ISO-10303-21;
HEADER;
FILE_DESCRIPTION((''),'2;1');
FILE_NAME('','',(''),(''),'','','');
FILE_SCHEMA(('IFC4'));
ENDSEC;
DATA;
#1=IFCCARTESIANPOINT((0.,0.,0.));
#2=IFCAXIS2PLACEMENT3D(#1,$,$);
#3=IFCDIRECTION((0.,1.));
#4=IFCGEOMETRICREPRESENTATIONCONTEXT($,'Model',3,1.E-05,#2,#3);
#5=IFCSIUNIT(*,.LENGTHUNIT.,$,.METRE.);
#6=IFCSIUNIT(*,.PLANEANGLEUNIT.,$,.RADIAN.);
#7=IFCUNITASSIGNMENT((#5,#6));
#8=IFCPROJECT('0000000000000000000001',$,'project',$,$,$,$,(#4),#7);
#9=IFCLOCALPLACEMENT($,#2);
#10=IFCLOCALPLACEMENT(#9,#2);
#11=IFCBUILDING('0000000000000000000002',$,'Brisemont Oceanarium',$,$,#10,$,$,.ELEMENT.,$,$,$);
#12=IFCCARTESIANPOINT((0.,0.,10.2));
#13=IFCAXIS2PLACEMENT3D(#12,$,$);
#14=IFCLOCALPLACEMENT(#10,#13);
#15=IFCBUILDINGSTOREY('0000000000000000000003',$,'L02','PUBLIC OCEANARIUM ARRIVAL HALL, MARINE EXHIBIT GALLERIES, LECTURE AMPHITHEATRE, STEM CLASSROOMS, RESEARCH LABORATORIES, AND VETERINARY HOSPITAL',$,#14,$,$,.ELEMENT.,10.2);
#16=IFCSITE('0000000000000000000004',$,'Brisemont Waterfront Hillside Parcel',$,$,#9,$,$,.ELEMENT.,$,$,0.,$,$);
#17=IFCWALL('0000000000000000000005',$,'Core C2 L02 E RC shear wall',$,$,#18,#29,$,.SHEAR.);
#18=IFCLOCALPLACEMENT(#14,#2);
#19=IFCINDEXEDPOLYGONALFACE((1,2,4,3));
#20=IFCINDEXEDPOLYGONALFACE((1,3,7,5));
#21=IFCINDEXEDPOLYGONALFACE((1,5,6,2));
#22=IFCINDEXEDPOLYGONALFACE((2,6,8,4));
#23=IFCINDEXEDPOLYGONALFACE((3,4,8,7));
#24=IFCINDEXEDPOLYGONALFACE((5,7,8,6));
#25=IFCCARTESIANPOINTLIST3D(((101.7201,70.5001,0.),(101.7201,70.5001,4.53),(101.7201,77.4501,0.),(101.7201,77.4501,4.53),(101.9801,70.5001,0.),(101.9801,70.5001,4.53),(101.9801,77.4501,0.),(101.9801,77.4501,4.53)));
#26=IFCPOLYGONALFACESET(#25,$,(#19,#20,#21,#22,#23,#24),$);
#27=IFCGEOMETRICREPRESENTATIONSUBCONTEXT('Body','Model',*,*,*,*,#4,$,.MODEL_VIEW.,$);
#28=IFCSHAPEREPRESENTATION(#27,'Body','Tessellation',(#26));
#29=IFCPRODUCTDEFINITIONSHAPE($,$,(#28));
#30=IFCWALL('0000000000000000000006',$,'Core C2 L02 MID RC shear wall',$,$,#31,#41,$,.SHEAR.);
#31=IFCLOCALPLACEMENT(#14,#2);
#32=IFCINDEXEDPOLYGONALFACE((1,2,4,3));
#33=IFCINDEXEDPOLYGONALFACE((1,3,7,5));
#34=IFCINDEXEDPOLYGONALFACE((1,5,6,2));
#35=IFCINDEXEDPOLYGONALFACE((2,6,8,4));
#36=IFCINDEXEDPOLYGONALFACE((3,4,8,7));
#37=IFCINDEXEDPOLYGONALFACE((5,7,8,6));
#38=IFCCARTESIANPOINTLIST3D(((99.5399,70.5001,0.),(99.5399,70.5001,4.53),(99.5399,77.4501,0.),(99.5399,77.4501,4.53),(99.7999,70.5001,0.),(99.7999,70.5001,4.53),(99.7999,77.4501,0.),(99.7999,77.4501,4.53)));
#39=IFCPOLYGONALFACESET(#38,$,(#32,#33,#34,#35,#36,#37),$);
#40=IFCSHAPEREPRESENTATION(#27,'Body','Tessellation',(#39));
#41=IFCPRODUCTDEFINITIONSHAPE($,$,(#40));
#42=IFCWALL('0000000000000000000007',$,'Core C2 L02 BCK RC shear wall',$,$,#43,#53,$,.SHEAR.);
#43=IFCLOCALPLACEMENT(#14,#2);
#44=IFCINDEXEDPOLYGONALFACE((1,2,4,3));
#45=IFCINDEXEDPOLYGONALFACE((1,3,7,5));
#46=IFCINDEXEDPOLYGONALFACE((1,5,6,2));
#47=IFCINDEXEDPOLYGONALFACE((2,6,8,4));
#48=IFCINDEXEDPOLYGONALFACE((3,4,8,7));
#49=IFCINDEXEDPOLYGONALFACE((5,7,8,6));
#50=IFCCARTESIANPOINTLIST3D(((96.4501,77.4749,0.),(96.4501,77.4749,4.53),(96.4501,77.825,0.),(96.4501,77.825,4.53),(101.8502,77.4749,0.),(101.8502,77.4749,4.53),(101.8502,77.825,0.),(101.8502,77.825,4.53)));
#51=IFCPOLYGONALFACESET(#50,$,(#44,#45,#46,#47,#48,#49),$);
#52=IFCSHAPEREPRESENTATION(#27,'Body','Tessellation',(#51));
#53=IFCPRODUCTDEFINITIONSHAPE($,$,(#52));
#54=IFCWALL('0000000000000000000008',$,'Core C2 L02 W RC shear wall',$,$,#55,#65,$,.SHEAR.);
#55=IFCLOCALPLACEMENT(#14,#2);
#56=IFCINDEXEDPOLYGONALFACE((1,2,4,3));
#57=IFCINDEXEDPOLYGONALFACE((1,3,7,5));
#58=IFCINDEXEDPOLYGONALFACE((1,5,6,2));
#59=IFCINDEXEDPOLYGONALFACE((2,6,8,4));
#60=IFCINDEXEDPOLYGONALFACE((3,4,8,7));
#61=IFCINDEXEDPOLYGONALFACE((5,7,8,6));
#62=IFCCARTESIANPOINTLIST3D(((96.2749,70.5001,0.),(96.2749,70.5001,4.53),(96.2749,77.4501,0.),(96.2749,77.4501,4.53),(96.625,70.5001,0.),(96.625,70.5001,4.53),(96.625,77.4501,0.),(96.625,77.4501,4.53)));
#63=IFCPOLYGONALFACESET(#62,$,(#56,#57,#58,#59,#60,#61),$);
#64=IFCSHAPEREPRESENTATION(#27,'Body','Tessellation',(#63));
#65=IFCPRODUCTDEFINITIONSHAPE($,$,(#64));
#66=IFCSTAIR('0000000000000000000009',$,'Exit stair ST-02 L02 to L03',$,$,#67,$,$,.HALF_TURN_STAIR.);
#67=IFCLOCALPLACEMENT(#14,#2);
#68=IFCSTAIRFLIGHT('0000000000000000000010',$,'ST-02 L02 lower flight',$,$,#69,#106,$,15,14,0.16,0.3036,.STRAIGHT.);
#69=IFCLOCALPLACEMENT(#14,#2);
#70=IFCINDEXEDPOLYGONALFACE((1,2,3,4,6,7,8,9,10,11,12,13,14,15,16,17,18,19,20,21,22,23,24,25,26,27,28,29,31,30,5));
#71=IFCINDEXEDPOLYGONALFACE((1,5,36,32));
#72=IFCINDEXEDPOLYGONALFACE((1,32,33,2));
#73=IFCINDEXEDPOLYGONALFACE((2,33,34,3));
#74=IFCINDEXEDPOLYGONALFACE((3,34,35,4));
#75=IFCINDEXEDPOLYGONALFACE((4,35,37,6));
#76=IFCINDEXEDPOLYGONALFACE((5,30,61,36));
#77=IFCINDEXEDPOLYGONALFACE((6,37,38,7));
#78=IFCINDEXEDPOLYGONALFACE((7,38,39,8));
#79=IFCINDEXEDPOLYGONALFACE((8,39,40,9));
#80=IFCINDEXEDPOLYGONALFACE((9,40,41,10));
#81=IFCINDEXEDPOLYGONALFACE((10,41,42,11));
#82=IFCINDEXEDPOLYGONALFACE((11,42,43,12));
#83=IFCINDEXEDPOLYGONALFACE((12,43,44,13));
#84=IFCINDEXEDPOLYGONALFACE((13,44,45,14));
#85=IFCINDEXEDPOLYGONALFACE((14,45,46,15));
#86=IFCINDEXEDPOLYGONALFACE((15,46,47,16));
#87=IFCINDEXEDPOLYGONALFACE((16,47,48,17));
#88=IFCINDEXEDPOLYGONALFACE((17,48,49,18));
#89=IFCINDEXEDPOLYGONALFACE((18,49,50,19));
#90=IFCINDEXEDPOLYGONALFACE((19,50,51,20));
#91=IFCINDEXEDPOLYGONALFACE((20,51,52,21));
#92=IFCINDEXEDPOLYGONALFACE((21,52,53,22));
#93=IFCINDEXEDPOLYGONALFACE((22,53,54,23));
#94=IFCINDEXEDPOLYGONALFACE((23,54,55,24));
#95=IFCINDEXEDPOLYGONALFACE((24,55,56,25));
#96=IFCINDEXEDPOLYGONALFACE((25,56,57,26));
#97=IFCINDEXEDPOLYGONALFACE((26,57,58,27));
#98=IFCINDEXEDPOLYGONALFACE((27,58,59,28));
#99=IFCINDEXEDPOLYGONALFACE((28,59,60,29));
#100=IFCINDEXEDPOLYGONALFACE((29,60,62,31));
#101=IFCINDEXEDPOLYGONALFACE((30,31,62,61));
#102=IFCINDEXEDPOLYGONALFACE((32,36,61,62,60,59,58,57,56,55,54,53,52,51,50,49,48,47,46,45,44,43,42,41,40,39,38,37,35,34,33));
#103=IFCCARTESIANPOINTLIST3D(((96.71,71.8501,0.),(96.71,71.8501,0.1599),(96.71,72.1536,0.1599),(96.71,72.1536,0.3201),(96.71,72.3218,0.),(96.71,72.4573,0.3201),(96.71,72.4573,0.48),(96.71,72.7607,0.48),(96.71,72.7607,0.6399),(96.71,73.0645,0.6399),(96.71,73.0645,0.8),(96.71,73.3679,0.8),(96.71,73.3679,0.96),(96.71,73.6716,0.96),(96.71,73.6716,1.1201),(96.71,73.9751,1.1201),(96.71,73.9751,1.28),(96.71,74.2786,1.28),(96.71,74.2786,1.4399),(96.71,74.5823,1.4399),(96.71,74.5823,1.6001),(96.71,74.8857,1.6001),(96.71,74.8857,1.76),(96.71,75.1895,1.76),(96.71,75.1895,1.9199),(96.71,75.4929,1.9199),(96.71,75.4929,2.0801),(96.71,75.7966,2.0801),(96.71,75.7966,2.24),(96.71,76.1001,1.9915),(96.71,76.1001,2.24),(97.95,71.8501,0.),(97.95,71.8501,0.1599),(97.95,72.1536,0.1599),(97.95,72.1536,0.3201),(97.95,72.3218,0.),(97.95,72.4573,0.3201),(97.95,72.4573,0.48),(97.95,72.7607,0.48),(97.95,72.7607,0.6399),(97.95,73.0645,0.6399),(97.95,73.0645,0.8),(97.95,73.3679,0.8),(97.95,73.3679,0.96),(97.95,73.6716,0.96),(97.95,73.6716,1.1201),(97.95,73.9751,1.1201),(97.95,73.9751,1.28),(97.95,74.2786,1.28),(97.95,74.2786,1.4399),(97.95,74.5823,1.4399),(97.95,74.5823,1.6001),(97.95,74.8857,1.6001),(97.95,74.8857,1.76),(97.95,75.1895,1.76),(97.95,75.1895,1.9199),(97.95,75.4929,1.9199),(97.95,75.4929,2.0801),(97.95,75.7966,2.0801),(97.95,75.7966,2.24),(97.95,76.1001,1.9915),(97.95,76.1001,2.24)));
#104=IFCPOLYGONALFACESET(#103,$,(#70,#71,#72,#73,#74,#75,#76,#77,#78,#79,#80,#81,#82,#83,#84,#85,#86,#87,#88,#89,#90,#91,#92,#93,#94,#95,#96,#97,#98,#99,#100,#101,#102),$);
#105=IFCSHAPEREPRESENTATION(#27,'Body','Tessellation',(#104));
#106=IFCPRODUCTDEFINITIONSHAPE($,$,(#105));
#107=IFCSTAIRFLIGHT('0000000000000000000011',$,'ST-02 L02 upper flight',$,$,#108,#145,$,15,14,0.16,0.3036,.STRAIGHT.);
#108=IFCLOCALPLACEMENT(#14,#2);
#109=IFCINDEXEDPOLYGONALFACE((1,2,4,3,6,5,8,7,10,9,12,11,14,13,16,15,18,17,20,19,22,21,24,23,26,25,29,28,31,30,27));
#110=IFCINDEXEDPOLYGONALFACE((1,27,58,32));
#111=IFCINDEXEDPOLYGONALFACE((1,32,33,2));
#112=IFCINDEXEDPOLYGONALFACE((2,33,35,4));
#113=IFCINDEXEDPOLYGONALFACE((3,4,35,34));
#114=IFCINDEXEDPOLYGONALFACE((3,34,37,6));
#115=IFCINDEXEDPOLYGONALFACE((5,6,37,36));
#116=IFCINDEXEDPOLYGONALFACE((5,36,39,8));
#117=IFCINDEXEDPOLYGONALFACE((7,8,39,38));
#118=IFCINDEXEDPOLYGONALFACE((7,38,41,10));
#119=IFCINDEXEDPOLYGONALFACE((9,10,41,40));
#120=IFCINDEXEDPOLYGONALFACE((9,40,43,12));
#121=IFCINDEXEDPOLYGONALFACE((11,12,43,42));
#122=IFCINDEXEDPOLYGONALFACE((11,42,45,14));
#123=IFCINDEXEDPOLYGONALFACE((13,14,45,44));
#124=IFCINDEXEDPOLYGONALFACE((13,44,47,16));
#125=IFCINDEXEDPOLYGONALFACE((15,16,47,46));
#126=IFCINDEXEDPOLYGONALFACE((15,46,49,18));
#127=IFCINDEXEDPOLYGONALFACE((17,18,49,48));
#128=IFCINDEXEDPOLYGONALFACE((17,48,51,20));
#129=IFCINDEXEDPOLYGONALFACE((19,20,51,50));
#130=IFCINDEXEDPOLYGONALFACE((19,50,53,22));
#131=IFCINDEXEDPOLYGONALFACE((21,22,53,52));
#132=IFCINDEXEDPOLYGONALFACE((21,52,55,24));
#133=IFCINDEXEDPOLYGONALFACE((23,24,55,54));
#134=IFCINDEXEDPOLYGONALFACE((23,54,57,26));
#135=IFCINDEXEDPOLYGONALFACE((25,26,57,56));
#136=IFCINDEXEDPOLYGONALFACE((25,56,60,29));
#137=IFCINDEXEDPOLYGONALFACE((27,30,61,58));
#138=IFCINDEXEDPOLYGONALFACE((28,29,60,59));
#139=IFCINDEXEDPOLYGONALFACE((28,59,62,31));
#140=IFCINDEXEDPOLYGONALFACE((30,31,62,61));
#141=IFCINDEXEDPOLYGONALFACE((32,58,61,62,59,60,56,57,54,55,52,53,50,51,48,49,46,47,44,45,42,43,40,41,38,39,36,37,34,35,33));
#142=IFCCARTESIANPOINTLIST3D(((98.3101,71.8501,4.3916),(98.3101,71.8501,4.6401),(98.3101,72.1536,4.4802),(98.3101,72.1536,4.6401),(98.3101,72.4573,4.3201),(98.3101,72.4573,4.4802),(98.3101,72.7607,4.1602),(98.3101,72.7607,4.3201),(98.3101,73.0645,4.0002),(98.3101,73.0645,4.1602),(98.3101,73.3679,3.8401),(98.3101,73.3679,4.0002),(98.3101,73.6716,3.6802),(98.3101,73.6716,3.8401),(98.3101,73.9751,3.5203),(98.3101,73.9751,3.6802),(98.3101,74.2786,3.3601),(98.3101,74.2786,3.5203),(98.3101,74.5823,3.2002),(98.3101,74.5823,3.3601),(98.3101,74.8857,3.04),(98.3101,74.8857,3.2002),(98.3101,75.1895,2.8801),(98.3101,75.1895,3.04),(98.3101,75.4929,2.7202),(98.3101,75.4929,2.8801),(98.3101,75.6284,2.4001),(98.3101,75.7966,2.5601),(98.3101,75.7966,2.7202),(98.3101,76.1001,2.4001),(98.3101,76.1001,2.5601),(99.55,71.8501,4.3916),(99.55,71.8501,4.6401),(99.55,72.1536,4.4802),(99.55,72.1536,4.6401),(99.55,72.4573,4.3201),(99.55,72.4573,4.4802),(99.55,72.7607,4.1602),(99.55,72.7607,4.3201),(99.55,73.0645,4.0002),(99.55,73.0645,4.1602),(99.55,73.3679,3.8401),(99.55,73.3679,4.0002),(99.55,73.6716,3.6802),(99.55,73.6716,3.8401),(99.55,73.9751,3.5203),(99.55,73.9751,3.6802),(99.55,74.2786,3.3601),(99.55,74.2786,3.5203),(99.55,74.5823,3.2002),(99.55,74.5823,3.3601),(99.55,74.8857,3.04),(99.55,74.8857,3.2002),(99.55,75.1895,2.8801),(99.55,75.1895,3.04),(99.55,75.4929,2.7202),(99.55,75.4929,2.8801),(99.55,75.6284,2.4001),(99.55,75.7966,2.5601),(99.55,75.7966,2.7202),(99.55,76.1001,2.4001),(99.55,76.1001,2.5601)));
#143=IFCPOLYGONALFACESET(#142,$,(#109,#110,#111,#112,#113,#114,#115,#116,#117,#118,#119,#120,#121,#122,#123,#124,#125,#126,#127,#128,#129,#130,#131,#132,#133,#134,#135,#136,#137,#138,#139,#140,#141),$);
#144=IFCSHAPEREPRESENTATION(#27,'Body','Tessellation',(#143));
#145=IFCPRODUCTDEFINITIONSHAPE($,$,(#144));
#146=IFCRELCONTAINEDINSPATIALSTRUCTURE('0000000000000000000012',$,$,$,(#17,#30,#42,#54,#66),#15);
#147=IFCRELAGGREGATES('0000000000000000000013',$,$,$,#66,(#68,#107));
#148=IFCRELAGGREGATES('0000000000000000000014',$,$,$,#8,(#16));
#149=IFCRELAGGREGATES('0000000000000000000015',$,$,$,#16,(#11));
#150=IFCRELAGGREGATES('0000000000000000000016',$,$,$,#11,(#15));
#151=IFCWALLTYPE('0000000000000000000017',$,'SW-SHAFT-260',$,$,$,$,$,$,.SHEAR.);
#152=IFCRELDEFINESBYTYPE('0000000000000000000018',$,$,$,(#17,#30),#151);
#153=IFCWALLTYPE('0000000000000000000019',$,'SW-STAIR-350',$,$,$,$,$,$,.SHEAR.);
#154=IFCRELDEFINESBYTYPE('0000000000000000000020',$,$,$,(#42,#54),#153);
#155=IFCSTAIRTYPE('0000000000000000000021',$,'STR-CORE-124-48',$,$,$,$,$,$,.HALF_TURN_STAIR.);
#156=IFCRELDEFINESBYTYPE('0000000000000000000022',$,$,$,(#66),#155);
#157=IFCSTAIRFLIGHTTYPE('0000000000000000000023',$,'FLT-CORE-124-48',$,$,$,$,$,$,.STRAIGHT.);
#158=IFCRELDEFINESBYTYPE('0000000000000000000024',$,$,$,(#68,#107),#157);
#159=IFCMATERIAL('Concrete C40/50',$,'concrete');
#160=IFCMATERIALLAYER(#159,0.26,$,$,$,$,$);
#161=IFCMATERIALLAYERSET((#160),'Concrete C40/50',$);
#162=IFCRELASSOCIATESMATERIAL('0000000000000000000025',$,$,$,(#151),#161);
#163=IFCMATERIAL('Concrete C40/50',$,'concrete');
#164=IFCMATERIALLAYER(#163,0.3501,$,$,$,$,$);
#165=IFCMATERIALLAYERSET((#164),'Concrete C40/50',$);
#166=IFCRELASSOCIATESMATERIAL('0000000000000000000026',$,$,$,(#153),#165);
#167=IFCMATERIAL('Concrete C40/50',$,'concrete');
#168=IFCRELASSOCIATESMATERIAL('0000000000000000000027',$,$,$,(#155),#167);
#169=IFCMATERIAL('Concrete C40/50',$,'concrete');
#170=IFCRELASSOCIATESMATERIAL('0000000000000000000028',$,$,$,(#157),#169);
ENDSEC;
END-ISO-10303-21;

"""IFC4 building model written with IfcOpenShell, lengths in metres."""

from ifc_helpers import new_model, si_unit, direction, frame, frame_2d, origin, place, context, subcontext, project, spatial, polyline, rectangle, outline, extrude, material, layer, layer_set, type_object, element, aggregate, save


model = new_model("IFC4")

# Units and contexts
model_context = context("Model", 3, precision=1e-05, world=origin(), true_north=direction((0.0, 1.0)))
body_context = subcontext(model_context, "Body", "Model", "MODEL_VIEW")
ifc_project = project(units=[si_unit("LENGTHUNIT", "METRE"), si_unit("PLANEANGLEUNIT", "RADIAN")], contexts=[model_context])

# Site, building, storey
site_placement = place(None, origin())
site = spatial("IfcSite", under=ifc_project, at=site_placement, Name="Brisemont Waterfront Hillside Parcel", CompositionType="ELEMENT", RefElevation=0.0)
building_placement = place(site_placement, origin())
building = spatial("IfcBuilding", under=site, at=building_placement, Name="Brisemont Oceanarium", CompositionType="ELEMENT")
storey_placement = place(building_placement, frame((0.0, 0.0, 10.2)))
storey = spatial("IfcBuildingStorey", under=building, at=storey_placement, Name="L02", Description="PUBLIC OCEANARIUM ARRIVAL HALL, MARINE EXHIBIT GALLERIES, LECTURE AMPHITHEATRE, STEM CLASSROOMS, RESEARCH LABORATORIES, AND VETERINARY HOSPITAL", CompositionType="ELEMENT", Elevation=10.2)

# Walls
ifc_material_1 = material(Name="Concrete C40/50", Category="concrete")
ifc_layer_1 = layer(ifc_material_1, 0.26)
ifc_layer_set_1 = layer_set([ifc_layer_1], Name="Concrete C40/50")
wall_type_1 = type_object("IfcWallType", Name="SW-SHAFT-260", PredefinedType="SHEAR", material=ifc_layer_set_1)
for number, where, z_axis, x_axis, name in (
    (1, (101.8501, 70.5, 0.0), (0.0, 0.0, 1.0), (0.0, 1.0, 0.0), "Core C2 L02 E RC shear wall"),
    (2, (99.6699, 70.5, 0.0), (0.0, 0.0, 1.0), (0.0, 1.0, 0.0), "Core C2 L02 MID RC shear wall"),
):
    element("IfcWall", number, at=place(storey_placement, frame(where, z_axis=z_axis, x_axis=x_axis)), inside=storey, type_object=wall_type_1, Name=name, PredefinedType="SHEAR", context=body_context, shape_type="SweptSolid", body=[
        extrude(rectangle(XDim=6.95, YDim=0.26, at=frame_2d((3.4751, 0.0))), origin(), (0.0, 0.0, 1.0), 4.53),
    ])

# Shared definitions
ifc_material_2 = material(Name="Concrete C40/50", Category="concrete")
ifc_layer_2 = layer(ifc_material_2, 0.3501)
ifc_layer_set_2 = layer_set([ifc_layer_2], Name="Concrete C40/50")
wall_type_2 = type_object("IfcWallType", Name="SW-STAIR-350", PredefinedType="SHEAR", material=ifc_layer_set_2)

# Walls
wall_1_placement = place(storey_placement, frame((96.45, 77.6499, 0.0), z_axis=(0.0, 0.0, 1.0), x_axis=(1.0, 0.0, 0.0)))
element("IfcWall", 3, at=wall_1_placement, inside=storey, type_object=wall_type_2, Name="Core C2 L02 BCK RC shear wall", PredefinedType="SHEAR", context=body_context, shape_type="SweptSolid", body=[
    extrude(rectangle(XDim=5.4001, YDim=0.3501, at=frame_2d((2.7002, 0.0))), origin(), (0.0, 0.0, 1.0), 4.53),
])
wall_2_placement = place(storey_placement, frame((96.45, 70.5, 0.0), z_axis=(0.0, 0.0, 1.0), x_axis=(0.0, 1.0, 0.0)))
element("IfcWall", 4, at=wall_2_placement, inside=storey, type_object=wall_type_2, Name="Core C2 L02 W RC shear wall", PredefinedType="SHEAR", context=body_context, shape_type="SweptSolid", body=[
    extrude(rectangle(XDim=6.95, YDim=0.3501, at=frame_2d((3.4751, 0.0))), origin(), (0.0, 0.0, 1.0), 4.53),
])

# Stair, stair flights
ifc_material_3 = material(Name="Concrete C40/50", Category="concrete")
stair_type = type_object("IfcStairType", Name="STR-CORE-124-48", PredefinedType="HALF_TURN_STAIR", material=ifc_material_3)
stair_placement = place(storey_placement, origin())
stair = element("IfcStair", 5, at=stair_placement, inside=storey, type_object=stair_type, Name="Exit stair ST-02 L02 to L03", PredefinedType="HALF_TURN_STAIR")
ifc_material_4 = material(Name="Concrete C40/50", Category="concrete")
stair_flight_type = type_object("IfcStairFlightType", Name="FLT-CORE-124-48", PredefinedType="STRAIGHT", material=ifc_material_4)
stair_flight_1_placement = place(storey_placement, frame((97.3301, 71.8501, 0.0), z_axis=(0.0, 0.0, 1.0), x_axis=(0.0, 1.0, 0.0)))
stair_flight_1 = element("IfcStairFlight", 6, at=stair_flight_1_placement, type_object=stair_flight_type, Name="ST-02 L02 lower flight", NumberOfRisers=15, NumberOfTreads=14, PredefinedType="STRAIGHT", RiserHeight=0.16, TreadLength=0.3036, context=body_context, shape_type="SweptSolid", body=[
    extrude(outline(polyline([(0.0, 0.0), (0.0, 0.1599), (0.3035, 0.1599), (0.3035, 0.3201), (0.6072, 0.3201), (0.6072, 0.48), (0.9106, 0.48), (0.9106, 0.6399), (1.2144, 0.6399), (1.2144, 0.8), (1.5178, 0.8), (1.5178, 0.96), (1.8215, 0.96), (1.8215, 1.1201), (2.125, 1.1201), (2.125, 1.28), (2.4285, 1.28), (2.4285, 1.4399), (2.7322, 1.4399), (2.7322, 1.6001), (3.0356, 1.6001), (3.0356, 1.76), (3.3394, 1.76), (3.3394, 1.9199), (3.6428, 1.9199), (3.6428, 2.0801), (3.9465, 2.0801), (3.9465, 2.24), (4.25, 2.24), (4.25, 2.3999), (4.25, 1.9915), (0.4717, 0.0), (0.0, 0.0)])), frame((0.0, 0.6201, 0.0), z_axis=(0.0, -1.0, 0.0), x_axis=(1.0, 0.0, 0.0)), (0.0, 0.0, 1.0), 1.24),
])
stair_flight_2_placement = place(storey_placement, frame((98.9299, 76.1001, 2.4001), z_axis=(0.0, 0.0, 1.0), x_axis=(0.0, -1.0, 0.0)))
stair_flight_2 = element("IfcStairFlight", 7, at=stair_flight_2_placement, type_object=stair_flight_type, Name="ST-02 L02 upper flight", NumberOfRisers=15, NumberOfTreads=14, PredefinedType="STRAIGHT", RiserHeight=0.16, TreadLength=0.3036, context=body_context, shape_type="SweptSolid", body=[
    extrude(outline(polyline([(0.0, 0.0), (0.0, 0.1599), (0.3035, 0.1599), (0.3035, 0.3201), (0.6072, 0.3201), (0.6072, 0.48), (0.9106, 0.48), (0.9106, 0.6399), (1.2144, 0.6399), (1.2144, 0.8), (1.5178, 0.8), (1.5178, 0.96), (1.8215, 0.96), (1.8215, 1.1201), (2.125, 1.1201), (2.125, 1.28), (2.4285, 1.28), (2.4285, 1.4399), (2.7322, 1.4399), (2.7322, 1.6001), (3.0356, 1.6001), (3.0356, 1.76), (3.3394, 1.76), (3.3394, 1.9199), (3.6428, 1.9199), (3.6428, 2.0801), (3.9465, 2.0801), (3.9465, 2.24), (4.25, 2.24), (4.25, 2.3999), (4.25, 1.9915), (0.4717, 0.0), (0.0, 0.0)])), frame((0.0, 0.6201, 0.0), z_axis=(0.0, -1.0, 0.0), x_axis=(1.0, 0.0, 0.0)), (0.0, 0.0, 1.0), 1.24),
])
aggregate(stair, [stair_flight_1, stair_flight_2])

save(model, "model.ifc")
